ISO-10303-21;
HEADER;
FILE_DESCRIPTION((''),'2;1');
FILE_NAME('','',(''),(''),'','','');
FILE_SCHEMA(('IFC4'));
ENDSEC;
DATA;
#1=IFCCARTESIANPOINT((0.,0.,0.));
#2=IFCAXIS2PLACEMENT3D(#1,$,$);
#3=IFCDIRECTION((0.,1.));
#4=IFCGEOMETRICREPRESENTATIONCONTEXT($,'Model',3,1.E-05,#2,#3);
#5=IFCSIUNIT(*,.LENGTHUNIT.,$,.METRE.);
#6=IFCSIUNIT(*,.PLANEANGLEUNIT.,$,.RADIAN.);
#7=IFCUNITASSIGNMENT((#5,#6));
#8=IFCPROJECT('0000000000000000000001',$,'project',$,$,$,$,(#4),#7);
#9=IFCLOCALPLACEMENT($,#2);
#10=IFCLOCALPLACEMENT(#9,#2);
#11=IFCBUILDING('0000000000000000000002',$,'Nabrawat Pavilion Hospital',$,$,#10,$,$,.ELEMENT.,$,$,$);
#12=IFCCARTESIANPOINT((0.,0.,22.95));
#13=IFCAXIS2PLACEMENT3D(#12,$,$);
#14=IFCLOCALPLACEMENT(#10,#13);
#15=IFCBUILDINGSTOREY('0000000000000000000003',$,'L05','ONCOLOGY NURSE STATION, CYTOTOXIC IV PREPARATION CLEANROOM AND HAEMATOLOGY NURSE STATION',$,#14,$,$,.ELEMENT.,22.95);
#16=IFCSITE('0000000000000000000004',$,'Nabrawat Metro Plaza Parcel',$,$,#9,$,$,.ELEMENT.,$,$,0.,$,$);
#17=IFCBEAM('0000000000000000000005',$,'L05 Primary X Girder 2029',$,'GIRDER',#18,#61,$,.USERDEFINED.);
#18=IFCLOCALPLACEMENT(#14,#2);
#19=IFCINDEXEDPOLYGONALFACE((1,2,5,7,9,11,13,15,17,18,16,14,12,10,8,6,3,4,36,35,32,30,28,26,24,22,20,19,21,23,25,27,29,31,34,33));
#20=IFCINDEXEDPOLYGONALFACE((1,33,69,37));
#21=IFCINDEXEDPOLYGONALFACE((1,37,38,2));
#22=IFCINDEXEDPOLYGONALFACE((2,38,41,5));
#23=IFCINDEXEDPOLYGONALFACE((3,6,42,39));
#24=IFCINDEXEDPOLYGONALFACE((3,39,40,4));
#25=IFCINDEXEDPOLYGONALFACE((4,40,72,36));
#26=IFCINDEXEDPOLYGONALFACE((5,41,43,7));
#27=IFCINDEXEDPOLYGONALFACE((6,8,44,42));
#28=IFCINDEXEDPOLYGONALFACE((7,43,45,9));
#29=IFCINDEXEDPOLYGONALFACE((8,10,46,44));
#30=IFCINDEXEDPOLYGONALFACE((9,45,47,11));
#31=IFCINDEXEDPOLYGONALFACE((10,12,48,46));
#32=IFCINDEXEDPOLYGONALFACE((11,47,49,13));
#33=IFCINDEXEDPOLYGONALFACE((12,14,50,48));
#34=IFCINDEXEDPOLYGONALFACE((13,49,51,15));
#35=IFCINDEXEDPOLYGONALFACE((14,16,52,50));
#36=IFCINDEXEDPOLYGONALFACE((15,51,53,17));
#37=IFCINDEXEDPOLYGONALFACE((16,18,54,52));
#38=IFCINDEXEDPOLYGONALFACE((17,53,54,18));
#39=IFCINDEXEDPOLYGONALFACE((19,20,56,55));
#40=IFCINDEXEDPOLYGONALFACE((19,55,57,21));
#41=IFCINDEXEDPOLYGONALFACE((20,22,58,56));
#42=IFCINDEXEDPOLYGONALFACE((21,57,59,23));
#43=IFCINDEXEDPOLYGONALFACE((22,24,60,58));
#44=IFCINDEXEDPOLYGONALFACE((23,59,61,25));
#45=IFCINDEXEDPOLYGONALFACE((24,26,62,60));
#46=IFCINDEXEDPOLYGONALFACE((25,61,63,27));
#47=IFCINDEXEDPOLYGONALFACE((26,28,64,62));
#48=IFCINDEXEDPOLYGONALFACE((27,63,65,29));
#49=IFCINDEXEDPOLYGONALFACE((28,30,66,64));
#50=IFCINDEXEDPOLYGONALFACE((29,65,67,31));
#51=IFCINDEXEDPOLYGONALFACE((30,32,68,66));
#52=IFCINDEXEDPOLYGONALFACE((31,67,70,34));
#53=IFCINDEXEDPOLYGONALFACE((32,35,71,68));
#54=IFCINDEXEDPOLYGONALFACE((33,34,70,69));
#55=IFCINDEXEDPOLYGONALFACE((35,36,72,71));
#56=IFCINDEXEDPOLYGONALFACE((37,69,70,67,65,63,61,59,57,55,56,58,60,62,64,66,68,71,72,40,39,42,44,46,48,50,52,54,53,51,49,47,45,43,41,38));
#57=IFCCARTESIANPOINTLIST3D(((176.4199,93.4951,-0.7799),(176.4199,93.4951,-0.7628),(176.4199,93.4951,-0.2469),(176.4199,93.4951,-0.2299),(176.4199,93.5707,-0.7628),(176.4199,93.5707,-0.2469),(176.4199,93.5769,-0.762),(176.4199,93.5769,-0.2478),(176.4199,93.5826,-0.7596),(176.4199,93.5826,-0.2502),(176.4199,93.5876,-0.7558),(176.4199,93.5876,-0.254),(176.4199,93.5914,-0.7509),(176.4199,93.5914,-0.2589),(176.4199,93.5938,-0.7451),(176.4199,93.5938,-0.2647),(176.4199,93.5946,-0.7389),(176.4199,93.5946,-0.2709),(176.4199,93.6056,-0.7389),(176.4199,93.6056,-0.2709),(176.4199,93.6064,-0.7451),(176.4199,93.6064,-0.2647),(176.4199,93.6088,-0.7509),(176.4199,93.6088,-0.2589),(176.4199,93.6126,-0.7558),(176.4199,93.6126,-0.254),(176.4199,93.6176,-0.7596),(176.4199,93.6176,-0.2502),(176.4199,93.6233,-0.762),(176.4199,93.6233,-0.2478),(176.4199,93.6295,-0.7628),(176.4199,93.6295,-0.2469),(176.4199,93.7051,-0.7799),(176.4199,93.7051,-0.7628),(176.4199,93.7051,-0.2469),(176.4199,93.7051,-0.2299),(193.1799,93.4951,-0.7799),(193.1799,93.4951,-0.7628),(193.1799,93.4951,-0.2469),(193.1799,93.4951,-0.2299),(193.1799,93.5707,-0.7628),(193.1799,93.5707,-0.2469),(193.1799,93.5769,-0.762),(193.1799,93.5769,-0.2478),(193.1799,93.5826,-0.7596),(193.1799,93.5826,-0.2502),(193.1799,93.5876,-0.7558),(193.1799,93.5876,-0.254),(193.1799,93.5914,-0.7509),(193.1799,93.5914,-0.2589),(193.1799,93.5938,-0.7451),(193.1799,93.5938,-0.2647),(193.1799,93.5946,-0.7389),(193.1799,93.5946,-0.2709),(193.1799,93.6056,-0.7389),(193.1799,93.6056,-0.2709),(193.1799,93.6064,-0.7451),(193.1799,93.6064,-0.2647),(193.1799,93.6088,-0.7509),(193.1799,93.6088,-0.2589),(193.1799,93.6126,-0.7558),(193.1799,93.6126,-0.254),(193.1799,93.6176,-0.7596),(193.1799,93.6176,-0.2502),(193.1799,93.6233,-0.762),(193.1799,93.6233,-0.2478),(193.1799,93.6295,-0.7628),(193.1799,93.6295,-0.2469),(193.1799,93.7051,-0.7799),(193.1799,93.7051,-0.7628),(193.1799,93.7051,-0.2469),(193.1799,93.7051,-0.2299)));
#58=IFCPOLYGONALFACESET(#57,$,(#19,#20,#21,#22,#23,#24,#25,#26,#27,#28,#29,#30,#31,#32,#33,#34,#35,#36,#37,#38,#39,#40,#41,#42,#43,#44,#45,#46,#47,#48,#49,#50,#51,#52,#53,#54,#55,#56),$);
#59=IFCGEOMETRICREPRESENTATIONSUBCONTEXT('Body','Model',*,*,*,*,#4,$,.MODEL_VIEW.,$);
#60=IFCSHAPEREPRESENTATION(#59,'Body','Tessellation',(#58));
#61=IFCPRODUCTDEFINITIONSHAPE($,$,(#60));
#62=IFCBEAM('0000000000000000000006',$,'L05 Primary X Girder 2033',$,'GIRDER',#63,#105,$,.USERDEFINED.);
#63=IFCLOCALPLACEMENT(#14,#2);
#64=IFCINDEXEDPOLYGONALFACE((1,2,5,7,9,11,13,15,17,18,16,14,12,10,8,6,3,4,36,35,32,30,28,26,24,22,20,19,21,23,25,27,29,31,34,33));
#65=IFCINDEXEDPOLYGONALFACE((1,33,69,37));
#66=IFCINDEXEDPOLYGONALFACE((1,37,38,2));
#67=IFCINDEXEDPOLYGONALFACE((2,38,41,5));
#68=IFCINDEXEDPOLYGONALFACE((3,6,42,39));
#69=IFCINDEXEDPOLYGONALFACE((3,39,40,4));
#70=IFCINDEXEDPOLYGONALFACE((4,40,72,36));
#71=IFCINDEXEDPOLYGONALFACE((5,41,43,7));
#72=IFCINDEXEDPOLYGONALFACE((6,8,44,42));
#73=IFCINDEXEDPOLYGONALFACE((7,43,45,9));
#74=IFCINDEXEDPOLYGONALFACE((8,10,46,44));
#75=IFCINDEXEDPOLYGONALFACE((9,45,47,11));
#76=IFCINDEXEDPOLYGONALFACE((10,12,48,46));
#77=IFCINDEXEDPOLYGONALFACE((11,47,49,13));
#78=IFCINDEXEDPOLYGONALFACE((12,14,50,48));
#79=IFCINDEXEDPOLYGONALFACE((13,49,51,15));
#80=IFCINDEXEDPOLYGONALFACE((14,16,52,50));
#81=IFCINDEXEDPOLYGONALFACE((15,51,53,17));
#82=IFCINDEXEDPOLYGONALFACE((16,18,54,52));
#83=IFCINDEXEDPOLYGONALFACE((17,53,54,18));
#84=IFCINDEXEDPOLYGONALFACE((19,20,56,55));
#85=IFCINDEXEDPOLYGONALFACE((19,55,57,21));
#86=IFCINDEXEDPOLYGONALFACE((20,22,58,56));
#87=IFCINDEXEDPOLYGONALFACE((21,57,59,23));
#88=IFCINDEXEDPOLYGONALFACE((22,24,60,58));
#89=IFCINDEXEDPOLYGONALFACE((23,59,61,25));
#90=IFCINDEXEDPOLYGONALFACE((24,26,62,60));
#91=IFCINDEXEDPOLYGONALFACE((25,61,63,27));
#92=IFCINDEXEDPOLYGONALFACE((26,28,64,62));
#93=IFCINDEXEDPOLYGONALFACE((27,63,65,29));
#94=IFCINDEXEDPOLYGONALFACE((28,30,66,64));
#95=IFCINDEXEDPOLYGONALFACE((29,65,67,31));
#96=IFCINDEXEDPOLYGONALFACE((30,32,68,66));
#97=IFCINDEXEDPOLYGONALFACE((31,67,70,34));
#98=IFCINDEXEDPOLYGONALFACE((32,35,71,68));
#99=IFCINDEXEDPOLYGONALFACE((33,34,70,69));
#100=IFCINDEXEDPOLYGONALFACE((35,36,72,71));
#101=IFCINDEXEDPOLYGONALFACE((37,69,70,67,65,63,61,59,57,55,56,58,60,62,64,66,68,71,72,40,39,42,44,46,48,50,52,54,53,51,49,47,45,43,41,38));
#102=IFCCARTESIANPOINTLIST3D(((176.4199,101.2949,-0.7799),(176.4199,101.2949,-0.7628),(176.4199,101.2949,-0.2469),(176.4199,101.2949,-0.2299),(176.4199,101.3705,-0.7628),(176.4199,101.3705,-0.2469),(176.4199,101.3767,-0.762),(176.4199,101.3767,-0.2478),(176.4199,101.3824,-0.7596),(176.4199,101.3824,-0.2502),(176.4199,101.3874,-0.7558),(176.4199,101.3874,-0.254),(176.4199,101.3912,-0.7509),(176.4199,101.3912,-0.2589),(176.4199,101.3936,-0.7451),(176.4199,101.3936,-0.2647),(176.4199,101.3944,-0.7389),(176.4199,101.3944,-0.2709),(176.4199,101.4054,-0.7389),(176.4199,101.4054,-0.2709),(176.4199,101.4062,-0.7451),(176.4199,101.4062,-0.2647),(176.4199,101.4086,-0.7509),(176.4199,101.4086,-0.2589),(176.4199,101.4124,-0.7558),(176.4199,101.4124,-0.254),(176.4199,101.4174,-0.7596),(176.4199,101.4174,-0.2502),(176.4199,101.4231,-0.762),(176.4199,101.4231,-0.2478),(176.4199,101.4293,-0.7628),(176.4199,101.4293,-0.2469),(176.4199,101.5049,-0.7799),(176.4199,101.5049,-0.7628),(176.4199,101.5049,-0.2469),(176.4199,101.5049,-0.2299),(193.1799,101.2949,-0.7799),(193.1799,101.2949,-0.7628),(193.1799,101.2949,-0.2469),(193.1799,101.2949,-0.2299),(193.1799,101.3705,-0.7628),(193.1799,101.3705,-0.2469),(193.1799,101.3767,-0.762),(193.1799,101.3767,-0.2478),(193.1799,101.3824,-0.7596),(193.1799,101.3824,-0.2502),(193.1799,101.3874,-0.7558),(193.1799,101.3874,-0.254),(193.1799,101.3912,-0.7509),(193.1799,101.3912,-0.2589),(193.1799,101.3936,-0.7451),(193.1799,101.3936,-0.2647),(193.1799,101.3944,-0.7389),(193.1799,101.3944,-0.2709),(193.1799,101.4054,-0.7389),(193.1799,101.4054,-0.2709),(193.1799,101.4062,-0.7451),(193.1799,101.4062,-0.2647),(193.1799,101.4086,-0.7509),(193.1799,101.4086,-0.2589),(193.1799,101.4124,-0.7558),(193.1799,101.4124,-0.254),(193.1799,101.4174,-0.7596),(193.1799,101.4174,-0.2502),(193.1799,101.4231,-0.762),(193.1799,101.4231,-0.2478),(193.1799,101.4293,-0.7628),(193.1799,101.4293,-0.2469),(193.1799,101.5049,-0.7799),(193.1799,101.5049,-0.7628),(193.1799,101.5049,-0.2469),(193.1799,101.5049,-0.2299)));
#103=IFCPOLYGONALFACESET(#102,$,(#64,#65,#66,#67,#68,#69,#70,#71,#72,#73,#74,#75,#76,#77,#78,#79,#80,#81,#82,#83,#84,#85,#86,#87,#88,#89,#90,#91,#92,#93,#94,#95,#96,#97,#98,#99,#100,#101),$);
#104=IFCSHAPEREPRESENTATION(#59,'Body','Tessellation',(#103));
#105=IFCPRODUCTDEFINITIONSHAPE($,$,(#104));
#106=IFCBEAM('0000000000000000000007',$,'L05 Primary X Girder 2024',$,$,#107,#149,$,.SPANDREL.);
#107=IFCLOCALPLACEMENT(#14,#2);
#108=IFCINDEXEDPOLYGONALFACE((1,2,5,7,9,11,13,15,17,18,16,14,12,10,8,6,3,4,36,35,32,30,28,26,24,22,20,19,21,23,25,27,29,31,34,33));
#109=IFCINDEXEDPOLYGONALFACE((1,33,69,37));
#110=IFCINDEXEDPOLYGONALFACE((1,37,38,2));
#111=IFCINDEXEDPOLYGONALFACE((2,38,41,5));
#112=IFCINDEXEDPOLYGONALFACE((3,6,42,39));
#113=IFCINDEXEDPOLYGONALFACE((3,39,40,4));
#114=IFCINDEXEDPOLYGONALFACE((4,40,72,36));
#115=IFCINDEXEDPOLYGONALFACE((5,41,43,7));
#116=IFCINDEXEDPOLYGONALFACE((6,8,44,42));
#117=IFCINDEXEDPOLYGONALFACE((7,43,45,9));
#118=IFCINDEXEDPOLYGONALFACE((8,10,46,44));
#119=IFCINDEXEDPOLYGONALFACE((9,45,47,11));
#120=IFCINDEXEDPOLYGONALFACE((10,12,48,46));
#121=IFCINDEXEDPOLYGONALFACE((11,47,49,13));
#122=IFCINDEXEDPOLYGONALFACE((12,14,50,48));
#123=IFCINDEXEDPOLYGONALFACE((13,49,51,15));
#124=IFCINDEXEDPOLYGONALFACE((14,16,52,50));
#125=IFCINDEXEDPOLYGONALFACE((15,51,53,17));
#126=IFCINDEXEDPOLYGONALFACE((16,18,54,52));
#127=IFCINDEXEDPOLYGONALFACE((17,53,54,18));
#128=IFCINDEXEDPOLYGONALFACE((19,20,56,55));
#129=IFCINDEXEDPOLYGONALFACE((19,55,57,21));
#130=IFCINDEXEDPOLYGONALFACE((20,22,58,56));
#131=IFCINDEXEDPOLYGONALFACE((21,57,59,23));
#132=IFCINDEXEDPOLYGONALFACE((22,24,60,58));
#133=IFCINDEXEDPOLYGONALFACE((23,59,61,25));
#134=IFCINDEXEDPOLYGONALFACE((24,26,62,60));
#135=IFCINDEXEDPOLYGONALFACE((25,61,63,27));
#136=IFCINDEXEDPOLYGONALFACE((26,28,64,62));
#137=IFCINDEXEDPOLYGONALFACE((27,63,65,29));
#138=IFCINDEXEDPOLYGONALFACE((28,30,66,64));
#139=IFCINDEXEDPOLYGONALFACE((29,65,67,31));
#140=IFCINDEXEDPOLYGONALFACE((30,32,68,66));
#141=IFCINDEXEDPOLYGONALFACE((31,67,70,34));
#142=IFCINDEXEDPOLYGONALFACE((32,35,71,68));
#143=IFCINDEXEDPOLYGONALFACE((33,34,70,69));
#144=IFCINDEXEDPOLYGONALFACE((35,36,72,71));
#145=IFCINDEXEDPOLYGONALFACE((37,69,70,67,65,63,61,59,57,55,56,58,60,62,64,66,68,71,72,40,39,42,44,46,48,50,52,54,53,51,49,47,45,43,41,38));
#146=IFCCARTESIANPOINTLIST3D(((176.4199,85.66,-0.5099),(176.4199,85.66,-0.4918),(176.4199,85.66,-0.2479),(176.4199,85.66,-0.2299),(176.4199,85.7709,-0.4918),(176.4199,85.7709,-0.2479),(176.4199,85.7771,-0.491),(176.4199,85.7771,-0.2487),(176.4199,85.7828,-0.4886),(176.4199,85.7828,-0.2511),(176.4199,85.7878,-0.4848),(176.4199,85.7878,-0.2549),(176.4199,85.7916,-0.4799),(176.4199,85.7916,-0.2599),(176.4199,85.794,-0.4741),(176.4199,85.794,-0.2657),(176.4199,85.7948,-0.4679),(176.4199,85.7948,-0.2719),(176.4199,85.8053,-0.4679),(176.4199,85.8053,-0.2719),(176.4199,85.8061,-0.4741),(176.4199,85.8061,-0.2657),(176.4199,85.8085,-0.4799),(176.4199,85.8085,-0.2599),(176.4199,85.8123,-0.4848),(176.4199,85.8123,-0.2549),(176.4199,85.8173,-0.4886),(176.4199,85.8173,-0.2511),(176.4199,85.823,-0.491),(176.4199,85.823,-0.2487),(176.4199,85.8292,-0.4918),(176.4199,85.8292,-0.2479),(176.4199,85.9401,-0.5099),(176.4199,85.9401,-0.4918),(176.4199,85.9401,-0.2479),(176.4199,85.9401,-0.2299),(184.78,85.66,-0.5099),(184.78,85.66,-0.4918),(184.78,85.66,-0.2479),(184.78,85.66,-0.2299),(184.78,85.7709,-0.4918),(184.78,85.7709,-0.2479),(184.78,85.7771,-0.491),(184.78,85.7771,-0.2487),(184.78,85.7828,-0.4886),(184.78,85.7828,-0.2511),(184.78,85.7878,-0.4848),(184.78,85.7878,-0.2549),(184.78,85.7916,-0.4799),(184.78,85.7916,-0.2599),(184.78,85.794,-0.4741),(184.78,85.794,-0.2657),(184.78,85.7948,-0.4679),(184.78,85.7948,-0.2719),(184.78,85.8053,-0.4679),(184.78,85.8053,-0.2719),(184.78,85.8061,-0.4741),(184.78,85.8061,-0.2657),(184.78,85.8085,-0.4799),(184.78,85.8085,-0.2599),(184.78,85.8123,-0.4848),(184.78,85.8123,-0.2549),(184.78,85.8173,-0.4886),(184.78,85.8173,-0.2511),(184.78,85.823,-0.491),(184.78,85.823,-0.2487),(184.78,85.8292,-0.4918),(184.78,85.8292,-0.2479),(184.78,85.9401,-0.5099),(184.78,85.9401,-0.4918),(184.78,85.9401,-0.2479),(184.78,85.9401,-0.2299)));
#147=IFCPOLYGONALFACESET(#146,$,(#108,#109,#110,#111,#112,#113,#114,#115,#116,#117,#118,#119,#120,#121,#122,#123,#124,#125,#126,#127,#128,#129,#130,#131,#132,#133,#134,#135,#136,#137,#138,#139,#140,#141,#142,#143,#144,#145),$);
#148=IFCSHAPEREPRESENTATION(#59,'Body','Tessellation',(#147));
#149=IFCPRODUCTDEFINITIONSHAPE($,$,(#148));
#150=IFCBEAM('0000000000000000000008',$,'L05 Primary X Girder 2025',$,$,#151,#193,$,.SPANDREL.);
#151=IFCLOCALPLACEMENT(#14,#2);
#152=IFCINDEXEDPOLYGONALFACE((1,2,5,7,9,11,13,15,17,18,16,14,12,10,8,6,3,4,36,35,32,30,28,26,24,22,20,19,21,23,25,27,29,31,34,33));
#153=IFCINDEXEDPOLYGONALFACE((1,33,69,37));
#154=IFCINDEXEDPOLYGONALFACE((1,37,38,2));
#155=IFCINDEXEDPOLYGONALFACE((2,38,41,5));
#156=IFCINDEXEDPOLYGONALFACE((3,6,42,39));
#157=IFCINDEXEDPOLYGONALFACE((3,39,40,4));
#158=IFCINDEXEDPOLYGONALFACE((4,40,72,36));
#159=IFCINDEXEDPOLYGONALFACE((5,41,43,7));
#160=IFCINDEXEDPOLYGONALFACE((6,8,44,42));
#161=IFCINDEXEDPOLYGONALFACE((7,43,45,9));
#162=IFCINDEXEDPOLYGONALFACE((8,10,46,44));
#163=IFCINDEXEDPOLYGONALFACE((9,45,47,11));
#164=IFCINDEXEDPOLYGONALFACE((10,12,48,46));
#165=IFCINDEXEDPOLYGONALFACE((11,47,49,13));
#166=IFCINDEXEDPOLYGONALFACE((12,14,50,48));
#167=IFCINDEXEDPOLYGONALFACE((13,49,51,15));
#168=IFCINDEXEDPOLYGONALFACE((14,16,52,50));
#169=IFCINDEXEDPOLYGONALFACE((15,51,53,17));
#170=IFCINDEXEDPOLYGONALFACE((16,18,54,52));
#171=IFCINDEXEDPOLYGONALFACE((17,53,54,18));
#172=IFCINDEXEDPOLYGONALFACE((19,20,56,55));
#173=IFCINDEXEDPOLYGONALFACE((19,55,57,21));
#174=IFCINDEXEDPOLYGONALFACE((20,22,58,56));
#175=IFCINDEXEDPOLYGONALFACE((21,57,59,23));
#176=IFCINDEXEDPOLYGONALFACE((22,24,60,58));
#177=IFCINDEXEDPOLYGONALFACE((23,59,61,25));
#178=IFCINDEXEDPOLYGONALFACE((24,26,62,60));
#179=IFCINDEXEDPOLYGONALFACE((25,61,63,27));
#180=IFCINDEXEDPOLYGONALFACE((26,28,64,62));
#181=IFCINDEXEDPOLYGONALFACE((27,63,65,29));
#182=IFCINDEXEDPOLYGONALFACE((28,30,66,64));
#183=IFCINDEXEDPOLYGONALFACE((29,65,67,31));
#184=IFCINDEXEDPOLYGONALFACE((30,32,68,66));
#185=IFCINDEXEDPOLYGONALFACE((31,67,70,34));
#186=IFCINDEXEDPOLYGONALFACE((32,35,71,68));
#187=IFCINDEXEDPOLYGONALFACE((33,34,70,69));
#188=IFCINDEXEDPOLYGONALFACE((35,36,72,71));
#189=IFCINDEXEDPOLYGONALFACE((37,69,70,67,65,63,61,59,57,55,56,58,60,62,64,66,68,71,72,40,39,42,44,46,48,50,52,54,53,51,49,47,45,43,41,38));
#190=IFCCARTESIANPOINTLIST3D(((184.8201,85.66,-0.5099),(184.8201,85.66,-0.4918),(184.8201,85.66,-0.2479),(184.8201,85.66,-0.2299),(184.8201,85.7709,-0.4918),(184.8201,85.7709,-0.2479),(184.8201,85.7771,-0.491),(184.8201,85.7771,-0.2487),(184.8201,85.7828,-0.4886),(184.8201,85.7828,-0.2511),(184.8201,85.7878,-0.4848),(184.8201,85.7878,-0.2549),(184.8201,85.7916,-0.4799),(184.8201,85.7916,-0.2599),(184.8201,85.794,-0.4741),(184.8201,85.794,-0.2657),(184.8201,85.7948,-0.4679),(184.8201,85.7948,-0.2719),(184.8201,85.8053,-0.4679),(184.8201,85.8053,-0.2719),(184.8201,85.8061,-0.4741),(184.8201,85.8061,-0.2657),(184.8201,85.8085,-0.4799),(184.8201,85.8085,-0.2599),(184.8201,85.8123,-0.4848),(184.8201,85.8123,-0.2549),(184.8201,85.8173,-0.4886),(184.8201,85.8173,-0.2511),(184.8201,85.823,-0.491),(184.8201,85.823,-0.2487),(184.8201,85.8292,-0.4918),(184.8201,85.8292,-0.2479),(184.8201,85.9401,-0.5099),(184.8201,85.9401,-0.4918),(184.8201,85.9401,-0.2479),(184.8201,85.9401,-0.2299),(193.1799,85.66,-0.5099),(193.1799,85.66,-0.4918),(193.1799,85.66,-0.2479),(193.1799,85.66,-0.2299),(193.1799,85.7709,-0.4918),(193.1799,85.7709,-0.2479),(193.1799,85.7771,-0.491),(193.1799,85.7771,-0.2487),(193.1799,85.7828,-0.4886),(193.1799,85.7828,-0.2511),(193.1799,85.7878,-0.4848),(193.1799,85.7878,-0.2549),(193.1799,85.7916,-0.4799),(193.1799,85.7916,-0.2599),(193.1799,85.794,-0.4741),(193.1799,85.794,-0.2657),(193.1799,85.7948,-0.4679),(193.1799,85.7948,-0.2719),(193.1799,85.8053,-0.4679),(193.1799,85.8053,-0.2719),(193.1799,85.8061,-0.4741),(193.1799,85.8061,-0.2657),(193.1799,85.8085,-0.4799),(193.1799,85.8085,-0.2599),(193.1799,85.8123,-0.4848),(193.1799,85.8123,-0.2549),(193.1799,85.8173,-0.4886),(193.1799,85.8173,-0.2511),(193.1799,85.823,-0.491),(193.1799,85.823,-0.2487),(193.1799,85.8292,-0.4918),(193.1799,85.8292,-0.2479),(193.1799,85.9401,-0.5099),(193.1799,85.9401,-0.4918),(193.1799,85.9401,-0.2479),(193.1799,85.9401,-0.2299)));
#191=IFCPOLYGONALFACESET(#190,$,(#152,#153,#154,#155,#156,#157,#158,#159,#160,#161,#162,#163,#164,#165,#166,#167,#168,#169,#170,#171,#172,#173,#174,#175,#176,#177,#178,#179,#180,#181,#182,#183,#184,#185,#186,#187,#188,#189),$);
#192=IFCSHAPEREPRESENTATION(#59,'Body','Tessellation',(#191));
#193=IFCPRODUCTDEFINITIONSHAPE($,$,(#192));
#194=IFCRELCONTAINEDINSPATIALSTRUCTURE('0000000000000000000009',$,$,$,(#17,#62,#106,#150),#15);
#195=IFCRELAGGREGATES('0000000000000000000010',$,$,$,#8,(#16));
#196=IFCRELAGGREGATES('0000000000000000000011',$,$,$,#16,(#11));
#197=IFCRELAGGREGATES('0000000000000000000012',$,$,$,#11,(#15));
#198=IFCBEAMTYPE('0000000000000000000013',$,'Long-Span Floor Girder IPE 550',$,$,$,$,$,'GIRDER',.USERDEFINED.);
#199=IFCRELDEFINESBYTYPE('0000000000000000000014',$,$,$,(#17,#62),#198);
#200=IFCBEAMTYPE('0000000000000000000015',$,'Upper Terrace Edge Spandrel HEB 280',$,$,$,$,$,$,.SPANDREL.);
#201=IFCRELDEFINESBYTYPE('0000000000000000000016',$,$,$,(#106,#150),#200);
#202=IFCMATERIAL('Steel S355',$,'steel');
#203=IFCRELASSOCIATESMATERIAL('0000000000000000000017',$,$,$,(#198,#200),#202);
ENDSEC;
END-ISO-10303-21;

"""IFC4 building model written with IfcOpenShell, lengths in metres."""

from ifc_helpers import new_model, si_unit, direction, frame, origin, origin_2d, place, context, subcontext, project, spatial, i_section, extrude, material, material_profile, profile_set, type_object, element, save


model = new_model("IFC4")

# Units and contexts
model_context = context("Model", 3, precision=1e-05, world=origin(), true_north=direction((0.0, 1.0)))
body_context = subcontext(model_context, "Body", "Model", "MODEL_VIEW")
ifc_project = project(units=[si_unit("LENGTHUNIT", "METRE"), si_unit("PLANEANGLEUNIT", "RADIAN")], contexts=[model_context])

# Site, building, storey
site_placement = place(None, origin())
site = spatial("IfcSite", under=ifc_project, at=site_placement, Name="Nabrawat Metro Plaza Parcel", CompositionType="ELEMENT", RefElevation=0.0)
building_placement = place(site_placement, origin())
building = spatial("IfcBuilding", under=site, at=building_placement, Name="Nabrawat Pavilion Hospital", CompositionType="ELEMENT")
storey_placement = place(building_placement, frame((0.0, 0.0, 22.95)))
storey = spatial("IfcBuildingStorey", under=building, at=storey_placement, Name="L05", Description="ONCOLOGY NURSE STATION, CYTOTOXIC IV PREPARATION CLEANROOM AND HAEMATOLOGY NURSE STATION", CompositionType="ELEMENT", Elevation=22.95)

# Shared definitions
ifc_material_1 = material(Name="Steel S355", Category="steel")

# Beams
ifc_material_profile_1 = material_profile(ifc_material_1, i_section(OverallWidth=0.21, OverallDepth=0.55, WebThickness=0.011, FlangeThickness=0.0171, FilletRadius=0.0239, at=origin_2d()), Name="IPE 550")
ifc_profile_set_1 = profile_set([ifc_material_profile_1], Name="Steel S355")
beam_type_1 = type_object("IfcBeamType", Name="Long-Span Floor Girder IPE 550", ElementType="GIRDER", PredefinedType="USERDEFINED", material=ifc_profile_set_1)
for number, where, z_axis, x_axis, name in (
    (1, (176.4199, 93.6001, -0.5049), (1.0, 0.0, 0.0), (0.0, 1.0, 0.0), "L05 Primary X Girder 2029"),
    (2, (176.4199, 101.3999, -0.5049), (1.0, 0.0, 0.0), (0.0, 1.0, 0.0), "L05 Primary X Girder 2033"),
):
    element("IfcBeam", number, at=place(storey_placement, frame(where, z_axis=z_axis, x_axis=x_axis)), inside=storey, type_object=beam_type_1, Name=name, ObjectType="GIRDER", PredefinedType="USERDEFINED", context=body_context, shape_type="SweptSolid", body=[
        extrude(i_section(OverallWidth=0.21, OverallDepth=0.55, WebThickness=0.011, FlangeThickness=0.0171, FilletRadius=0.0239, at=origin_2d()), origin(), (0.0, 0.0, 1.0), 16.76),
    ])
ifc_material_profile_2 = material_profile(ifc_material_1, i_section(OverallWidth=0.28, OverallDepth=0.28, WebThickness=0.0105, FlangeThickness=0.0181, FilletRadius=0.0239, at=origin_2d()), Name="HEB 280")
ifc_profile_set_2 = profile_set([ifc_material_profile_2], Name="Steel S355")
beam_type_2 = type_object("IfcBeamType", Name="Upper Terrace Edge Spandrel HEB 280", PredefinedType="SPANDREL", material=ifc_profile_set_2)
beam_1_placement = place(storey_placement, frame((176.4199, 85.8, -0.3699), z_axis=(1.0, 0.0, 0.0), x_axis=(0.0, 1.0, 0.0)))
element("IfcBeam", 3, at=beam_1_placement, inside=storey, type_object=beam_type_2, Name="L05 Primary X Girder 2024", PredefinedType="SPANDREL", context=body_context, shape_type="SweptSolid", body=[
    extrude(i_section(OverallWidth=0.28, OverallDepth=0.28, WebThickness=0.0105, FlangeThickness=0.0181, FilletRadius=0.0239, at=origin_2d()), origin(), (0.0, 0.0, 1.0), 8.3601),
])
beam_2_placement = place(storey_placement, frame((184.8201, 85.8, -0.3699), z_axis=(1.0, 0.0, 0.0), x_axis=(0.0, 1.0, 0.0)))
element("IfcBeam", 4, at=beam_2_placement, inside=storey, type_object=beam_type_2, Name="L05 Primary X Girder 2025", PredefinedType="SPANDREL", context=body_context, shape_type="SweptSolid", body=[
    extrude(i_section(OverallWidth=0.28, OverallDepth=0.28, WebThickness=0.0105, FlangeThickness=0.0181, FilletRadius=0.0239, at=origin_2d()), origin(), (0.0, 0.0, 1.0), 8.3599),
])

save(model, "model.ifc")
